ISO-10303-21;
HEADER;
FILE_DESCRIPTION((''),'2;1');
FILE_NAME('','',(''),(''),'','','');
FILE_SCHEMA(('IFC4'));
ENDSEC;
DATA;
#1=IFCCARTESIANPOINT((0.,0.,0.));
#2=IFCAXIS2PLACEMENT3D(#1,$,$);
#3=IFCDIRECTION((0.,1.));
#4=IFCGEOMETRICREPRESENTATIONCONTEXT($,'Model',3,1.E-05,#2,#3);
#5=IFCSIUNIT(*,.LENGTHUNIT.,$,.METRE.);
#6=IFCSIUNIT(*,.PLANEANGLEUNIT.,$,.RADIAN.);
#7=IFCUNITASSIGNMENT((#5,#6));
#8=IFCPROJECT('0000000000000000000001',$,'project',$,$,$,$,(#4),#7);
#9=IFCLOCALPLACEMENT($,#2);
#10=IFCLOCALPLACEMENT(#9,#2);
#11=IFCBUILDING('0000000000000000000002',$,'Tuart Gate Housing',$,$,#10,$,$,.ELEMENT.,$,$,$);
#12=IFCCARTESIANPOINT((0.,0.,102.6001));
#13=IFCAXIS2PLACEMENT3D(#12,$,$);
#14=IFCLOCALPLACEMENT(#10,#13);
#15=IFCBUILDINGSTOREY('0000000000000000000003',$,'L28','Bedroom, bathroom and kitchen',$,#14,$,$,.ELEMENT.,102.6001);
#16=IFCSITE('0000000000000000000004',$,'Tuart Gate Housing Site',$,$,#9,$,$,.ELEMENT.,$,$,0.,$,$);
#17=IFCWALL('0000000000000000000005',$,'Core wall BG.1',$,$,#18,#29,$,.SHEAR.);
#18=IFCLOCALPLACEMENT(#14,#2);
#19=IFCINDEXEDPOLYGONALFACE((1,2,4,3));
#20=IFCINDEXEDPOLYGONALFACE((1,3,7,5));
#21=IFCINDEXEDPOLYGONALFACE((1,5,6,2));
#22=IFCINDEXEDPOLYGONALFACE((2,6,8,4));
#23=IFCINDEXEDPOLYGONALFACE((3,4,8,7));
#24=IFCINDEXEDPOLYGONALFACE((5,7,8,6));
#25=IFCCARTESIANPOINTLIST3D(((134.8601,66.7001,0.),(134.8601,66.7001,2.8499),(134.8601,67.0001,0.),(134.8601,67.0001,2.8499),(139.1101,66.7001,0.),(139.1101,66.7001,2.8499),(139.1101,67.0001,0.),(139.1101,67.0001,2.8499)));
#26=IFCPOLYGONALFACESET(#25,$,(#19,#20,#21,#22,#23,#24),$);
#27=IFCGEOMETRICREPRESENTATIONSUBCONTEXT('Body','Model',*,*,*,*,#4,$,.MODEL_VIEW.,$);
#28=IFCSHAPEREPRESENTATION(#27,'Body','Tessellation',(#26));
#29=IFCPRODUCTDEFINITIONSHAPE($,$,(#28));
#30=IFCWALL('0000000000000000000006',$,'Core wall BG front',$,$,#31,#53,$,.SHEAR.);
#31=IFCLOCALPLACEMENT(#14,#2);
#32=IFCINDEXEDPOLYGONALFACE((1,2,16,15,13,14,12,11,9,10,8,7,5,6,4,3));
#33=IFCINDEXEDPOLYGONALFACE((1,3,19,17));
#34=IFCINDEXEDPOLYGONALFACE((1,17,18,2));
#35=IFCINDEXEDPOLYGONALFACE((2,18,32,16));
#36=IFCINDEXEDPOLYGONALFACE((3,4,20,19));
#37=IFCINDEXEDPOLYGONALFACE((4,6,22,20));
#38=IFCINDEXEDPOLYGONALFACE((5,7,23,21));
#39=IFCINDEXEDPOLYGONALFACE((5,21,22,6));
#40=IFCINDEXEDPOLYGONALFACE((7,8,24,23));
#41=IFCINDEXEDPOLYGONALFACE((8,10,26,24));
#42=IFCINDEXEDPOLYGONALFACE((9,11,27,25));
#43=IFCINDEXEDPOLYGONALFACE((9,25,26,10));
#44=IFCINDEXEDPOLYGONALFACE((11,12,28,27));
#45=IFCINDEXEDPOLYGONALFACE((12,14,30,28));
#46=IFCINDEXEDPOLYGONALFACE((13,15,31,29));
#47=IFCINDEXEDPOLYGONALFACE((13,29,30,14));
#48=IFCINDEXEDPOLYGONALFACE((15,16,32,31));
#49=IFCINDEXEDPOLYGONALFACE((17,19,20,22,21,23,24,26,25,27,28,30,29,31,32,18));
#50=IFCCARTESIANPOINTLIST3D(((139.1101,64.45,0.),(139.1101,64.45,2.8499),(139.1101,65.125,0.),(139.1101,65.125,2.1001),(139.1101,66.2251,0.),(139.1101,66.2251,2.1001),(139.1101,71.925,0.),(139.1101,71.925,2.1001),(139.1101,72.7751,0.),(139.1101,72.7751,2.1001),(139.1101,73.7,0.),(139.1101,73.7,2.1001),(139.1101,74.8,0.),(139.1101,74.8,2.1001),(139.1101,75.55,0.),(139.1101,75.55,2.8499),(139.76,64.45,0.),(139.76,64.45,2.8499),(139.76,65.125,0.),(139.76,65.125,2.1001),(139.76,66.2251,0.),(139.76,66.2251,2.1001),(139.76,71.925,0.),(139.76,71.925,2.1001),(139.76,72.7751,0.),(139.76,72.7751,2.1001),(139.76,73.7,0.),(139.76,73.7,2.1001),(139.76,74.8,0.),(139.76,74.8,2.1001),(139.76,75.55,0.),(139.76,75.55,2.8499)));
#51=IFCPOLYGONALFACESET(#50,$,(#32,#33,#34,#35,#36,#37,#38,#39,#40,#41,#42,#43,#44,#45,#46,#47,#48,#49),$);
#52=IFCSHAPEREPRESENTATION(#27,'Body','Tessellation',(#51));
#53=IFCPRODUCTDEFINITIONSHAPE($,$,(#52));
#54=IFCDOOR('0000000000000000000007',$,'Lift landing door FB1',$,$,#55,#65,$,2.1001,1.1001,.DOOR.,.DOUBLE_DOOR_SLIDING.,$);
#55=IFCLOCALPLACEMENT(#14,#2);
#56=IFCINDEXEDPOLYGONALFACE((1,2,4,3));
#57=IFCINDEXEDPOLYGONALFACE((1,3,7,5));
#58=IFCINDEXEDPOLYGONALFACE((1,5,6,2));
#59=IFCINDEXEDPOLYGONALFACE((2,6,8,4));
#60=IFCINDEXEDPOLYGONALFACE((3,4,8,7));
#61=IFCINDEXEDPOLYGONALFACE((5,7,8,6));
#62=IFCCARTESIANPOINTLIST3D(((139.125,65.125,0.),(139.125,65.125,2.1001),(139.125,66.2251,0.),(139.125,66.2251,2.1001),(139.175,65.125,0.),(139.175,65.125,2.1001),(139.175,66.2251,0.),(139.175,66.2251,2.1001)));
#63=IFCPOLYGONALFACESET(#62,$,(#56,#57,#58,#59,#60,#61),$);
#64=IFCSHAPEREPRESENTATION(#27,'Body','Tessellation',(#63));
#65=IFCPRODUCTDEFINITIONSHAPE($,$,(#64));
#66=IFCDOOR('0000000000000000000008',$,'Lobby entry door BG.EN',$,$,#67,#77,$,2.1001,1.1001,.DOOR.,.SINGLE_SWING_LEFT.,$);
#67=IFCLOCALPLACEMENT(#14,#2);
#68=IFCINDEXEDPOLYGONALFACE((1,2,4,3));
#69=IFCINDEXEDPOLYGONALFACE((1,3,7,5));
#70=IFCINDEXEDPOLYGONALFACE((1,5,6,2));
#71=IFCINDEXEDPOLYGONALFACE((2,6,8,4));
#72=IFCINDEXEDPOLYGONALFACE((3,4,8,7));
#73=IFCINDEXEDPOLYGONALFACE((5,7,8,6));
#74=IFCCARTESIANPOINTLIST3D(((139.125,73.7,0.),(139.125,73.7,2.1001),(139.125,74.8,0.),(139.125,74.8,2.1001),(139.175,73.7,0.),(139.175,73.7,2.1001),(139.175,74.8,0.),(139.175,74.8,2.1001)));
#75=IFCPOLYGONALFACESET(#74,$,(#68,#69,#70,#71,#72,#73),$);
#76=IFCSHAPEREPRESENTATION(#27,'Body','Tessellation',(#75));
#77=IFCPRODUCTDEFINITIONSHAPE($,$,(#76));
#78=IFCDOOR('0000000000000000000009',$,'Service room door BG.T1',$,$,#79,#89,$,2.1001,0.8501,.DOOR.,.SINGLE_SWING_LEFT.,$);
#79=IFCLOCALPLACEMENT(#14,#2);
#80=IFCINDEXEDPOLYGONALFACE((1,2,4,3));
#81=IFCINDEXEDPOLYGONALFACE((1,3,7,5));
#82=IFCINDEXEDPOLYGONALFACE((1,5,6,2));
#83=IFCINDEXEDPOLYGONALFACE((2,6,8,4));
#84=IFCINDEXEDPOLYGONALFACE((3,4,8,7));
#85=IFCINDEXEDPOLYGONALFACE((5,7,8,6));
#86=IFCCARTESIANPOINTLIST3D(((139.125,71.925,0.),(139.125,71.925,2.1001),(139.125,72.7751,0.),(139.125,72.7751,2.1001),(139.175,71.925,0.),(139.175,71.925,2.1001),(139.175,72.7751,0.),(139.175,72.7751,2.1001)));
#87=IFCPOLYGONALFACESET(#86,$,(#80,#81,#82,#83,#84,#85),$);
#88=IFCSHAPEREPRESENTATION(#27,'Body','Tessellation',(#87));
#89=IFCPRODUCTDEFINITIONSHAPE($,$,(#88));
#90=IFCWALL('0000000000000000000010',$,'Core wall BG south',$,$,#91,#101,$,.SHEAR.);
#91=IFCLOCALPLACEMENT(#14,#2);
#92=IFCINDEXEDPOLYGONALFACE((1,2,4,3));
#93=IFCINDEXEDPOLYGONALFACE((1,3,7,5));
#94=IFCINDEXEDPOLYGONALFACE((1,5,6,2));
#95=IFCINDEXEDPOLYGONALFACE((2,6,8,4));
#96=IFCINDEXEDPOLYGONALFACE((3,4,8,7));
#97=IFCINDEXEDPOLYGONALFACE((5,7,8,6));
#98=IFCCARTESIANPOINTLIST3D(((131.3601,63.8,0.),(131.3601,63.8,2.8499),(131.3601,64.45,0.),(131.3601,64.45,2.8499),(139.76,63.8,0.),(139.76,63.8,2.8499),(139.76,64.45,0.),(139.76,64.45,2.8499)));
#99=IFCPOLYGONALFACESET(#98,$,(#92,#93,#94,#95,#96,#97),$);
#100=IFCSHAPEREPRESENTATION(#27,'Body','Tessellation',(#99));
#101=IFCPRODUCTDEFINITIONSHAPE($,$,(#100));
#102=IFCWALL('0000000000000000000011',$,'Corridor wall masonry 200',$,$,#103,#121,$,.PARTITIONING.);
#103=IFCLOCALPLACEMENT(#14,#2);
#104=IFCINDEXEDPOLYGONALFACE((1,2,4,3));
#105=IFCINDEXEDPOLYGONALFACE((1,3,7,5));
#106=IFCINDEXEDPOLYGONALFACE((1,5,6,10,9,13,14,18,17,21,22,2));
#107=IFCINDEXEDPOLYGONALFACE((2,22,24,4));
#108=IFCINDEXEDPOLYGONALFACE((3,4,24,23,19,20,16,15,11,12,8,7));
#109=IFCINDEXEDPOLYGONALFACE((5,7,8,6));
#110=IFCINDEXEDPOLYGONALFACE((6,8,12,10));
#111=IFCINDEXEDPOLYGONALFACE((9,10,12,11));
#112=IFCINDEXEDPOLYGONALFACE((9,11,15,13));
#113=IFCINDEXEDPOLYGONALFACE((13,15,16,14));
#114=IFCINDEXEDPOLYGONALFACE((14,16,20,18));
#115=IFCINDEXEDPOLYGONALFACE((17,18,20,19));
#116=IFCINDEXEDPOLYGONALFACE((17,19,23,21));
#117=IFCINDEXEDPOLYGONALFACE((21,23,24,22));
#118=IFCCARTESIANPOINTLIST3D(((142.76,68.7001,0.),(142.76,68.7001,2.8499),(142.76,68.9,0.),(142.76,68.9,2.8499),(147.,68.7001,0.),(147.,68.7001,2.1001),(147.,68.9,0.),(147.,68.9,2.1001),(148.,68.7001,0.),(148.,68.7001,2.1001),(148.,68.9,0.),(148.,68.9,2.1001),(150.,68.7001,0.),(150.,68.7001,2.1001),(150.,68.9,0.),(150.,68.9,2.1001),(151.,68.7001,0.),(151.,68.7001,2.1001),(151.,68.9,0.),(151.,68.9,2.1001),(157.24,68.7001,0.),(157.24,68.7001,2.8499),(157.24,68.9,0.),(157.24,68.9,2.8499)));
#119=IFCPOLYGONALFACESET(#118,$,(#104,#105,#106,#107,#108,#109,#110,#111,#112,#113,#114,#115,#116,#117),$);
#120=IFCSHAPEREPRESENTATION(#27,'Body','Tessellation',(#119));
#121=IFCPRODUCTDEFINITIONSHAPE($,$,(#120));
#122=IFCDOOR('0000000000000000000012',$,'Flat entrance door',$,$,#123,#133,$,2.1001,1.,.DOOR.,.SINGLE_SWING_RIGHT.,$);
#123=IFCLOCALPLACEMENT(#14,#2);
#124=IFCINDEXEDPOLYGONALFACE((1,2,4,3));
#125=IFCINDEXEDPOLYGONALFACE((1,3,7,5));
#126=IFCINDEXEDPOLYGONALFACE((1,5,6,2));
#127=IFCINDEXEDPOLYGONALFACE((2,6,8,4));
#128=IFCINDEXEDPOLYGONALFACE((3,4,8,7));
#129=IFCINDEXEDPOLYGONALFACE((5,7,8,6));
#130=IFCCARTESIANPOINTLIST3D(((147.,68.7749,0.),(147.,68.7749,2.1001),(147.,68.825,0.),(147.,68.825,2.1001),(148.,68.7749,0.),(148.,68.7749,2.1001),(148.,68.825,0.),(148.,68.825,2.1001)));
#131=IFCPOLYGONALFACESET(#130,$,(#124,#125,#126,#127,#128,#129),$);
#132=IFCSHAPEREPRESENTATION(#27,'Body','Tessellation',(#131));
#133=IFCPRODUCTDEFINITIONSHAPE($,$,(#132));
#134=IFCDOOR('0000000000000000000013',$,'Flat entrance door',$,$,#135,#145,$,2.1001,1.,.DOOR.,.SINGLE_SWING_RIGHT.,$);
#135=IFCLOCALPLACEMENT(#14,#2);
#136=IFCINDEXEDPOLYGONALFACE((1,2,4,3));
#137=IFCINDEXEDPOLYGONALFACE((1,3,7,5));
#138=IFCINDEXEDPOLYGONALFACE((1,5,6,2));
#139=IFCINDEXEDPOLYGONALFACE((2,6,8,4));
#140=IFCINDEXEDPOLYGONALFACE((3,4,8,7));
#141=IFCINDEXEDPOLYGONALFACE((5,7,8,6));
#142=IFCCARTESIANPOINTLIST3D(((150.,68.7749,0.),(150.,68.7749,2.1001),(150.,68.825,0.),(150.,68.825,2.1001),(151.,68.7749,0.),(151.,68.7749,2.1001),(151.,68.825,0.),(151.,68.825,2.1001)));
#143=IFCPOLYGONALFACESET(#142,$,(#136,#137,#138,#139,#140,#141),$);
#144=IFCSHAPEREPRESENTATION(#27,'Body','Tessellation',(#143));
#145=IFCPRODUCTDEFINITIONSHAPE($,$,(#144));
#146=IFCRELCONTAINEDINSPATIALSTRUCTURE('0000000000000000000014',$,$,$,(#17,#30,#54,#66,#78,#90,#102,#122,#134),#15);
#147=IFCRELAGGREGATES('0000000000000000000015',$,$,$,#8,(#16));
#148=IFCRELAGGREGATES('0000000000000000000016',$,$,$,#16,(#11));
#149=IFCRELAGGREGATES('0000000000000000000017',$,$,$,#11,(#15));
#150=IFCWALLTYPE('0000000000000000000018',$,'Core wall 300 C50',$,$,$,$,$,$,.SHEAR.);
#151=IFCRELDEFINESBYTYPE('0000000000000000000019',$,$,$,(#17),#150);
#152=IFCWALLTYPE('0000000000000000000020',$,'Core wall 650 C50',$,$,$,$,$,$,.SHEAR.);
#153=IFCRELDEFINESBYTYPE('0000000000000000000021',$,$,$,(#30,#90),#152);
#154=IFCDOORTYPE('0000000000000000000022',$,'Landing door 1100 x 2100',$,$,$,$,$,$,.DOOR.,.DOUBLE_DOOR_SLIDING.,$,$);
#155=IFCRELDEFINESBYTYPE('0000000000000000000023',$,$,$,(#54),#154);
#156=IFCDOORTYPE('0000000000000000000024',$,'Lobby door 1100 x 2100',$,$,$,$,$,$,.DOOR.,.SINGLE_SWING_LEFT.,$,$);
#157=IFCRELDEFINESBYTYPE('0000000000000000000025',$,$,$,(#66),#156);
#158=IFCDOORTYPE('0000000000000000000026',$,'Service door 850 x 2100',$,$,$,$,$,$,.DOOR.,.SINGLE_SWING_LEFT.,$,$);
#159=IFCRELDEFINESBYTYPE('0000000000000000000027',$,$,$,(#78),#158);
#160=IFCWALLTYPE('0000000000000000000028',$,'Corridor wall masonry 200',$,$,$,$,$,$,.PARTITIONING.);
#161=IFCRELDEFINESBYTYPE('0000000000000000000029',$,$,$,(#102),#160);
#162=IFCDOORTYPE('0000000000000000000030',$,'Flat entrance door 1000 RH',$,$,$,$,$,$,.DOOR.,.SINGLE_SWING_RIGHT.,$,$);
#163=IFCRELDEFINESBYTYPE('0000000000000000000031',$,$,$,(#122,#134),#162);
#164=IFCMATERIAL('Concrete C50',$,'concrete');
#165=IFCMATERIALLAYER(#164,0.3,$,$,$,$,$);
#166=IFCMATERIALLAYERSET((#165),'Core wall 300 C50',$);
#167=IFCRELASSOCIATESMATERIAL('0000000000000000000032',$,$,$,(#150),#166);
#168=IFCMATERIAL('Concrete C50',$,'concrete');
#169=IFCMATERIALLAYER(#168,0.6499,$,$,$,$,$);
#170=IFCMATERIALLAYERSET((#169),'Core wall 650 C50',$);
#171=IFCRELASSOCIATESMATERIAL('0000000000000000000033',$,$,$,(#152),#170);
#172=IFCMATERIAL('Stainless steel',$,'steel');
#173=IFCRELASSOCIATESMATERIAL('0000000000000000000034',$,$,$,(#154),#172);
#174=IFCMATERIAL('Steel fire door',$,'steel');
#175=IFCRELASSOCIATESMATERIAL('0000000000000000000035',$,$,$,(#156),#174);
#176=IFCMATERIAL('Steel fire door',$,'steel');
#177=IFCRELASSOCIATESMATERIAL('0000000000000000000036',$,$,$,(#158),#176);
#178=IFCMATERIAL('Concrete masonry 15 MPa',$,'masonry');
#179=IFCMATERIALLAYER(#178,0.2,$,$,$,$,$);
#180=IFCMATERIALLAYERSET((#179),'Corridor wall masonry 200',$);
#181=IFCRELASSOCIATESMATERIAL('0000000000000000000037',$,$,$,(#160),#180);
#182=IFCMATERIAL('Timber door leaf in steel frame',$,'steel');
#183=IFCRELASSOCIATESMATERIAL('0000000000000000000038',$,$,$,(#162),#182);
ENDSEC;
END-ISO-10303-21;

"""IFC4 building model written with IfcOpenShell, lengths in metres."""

from ifc_helpers import new_model, si_unit, direction, frame, frame_2d, origin, place, context, subcontext, project, spatial, rectangle, extrude, material, layer, layer_set, type_object, element, fill, save


model = new_model("IFC4")

# Units and contexts
model_context = context("Model", 3, precision=1e-05, world=origin(), true_north=direction((0.0, 1.0)))
body_context = subcontext(model_context, "Body", "Model", "MODEL_VIEW")
ifc_project = project(units=[si_unit("LENGTHUNIT", "METRE"), si_unit("PLANEANGLEUNIT", "RADIAN")], contexts=[model_context])

# Site, building, storey
site_placement = place(None, origin())
site = spatial("IfcSite", under=ifc_project, at=site_placement, Name="Tuart Gate Housing Site", CompositionType="ELEMENT", RefElevation=0.0)
building_placement = place(site_placement, origin())
building = spatial("IfcBuilding", under=site, at=building_placement, Name="Tuart Gate Housing", CompositionType="ELEMENT")
storey_placement = place(building_placement, frame((0.0, 0.0, 102.6001)))
storey = spatial("IfcBuildingStorey", under=building, at=storey_placement, Name="L28", Description="Bedroom, bathroom and kitchen", CompositionType="ELEMENT", Elevation=102.6001)

# Wall
ifc_material_1 = material(Name="Concrete C50", Category="concrete")
ifc_layer_1 = layer(ifc_material_1, 0.3)
ifc_layer_set_1 = layer_set([ifc_layer_1], Name="Core wall 300 C50")
wall_type_1 = type_object("IfcWallType", Name="Core wall 300 C50", PredefinedType="SHEAR", material=ifc_layer_set_1)
wall_1_placement = place(storey_placement, frame((139.1101, 66.8501, 0.0), z_axis=(0.0, 0.0, 1.0), x_axis=(-1.0, 0.0, 0.0)))
element("IfcWall", 1, at=wall_1_placement, inside=storey, type_object=wall_type_1, Name="Core wall BG.1", PredefinedType="SHEAR", context=body_context, shape_type="SweptSolid", body=[
    extrude(rectangle(XDim=4.25, YDim=0.3, at=frame_2d((2.125, 0.0))), origin(), (0.0, 0.0, 1.0), 2.8499),
])

# Wall, openings, doors
ifc_material_2 = material(Name="Concrete C50", Category="concrete")
ifc_layer_2 = layer(ifc_material_2, 0.6499)
ifc_layer_set_2 = layer_set([ifc_layer_2], Name="Core wall 650 C50")
wall_type_2 = type_object("IfcWallType", Name="Core wall 650 C50", PredefinedType="SHEAR", material=ifc_layer_set_2)
wall_2_placement = place(storey_placement, frame((139.4351, 64.45, 0.0), z_axis=(0.0, 0.0, 1.0), x_axis=(0.0, 1.0, 0.0)))
wall_2 = element("IfcWall", 2, at=wall_2_placement, inside=storey, type_object=wall_type_2, Name="Core wall BG front", PredefinedType="SHEAR", context=body_context, shape_type="SweptSolid", body=[
    extrude(rectangle(XDim=11.1001, YDim=0.6499, at=frame_2d((5.55, 0.0))), origin(), (0.0, 0.0, 1.0), 2.8499),
])
opening_1_placement = place(wall_2_placement, frame((0.675, 0.0, 0.0)))
opening_1 = element("IfcOpeningElement", 3, at=opening_1_placement, cuts=wall_2, PredefinedType="OPENING", context=body_context, shape_type="SweptSolid", body=[
    extrude(rectangle(XDim=1.1001, YDim=2.1001, at=frame_2d((0.55, 1.05))), frame((0.0, 0.335, 0.0), z_axis=(0.0, -1.0, 0.0), x_axis=(1.0, 0.0, 0.0)), (0.0, 0.0, 1.0), 0.6699),
])
opening_2_placement = place(wall_2_placement, frame((9.25, 0.0, 0.0)))
opening_2 = element("IfcOpeningElement", 4, at=opening_2_placement, cuts=wall_2, PredefinedType="OPENING", context=body_context, shape_type="SweptSolid", body=[
    extrude(rectangle(XDim=1.1001, YDim=2.1001, at=frame_2d((0.55, 1.05))), frame((0.0, 0.335, 0.0), z_axis=(0.0, -1.0, 0.0), x_axis=(1.0, 0.0, 0.0)), (0.0, 0.0, 1.0), 0.6699),
])
opening_3_placement = place(wall_2_placement, frame((7.4751, 0.0, 0.0)))
opening_3 = element("IfcOpeningElement", 5, at=opening_3_placement, cuts=wall_2, PredefinedType="OPENING", context=body_context, shape_type="SweptSolid", body=[
    extrude(rectangle(XDim=0.8501, YDim=2.1001, at=frame_2d((0.425, 1.05))), frame((0.0, 0.335, 0.0), z_axis=(0.0, -1.0, 0.0), x_axis=(1.0, 0.0, 0.0)), (0.0, 0.0, 1.0), 0.6699),
])
ifc_material_3 = material(Name="Stainless steel", Category="steel")
door_type_1 = type_object("IfcDoorType", Name="Landing door 1100 x 2100", OperationType="DOUBLE_DOOR_SLIDING", PredefinedType="DOOR", material=ifc_material_3)
door_1_placement = place(opening_1_placement, origin())
door_1 = element("IfcDoor", 6, at=door_1_placement, inside=storey, type_object=door_type_1, Name="Lift landing door FB1", OperationType="DOUBLE_DOOR_SLIDING", OverallHeight=2.1001, OverallWidth=1.1001, PredefinedType="DOOR", context=body_context, shape_type="SweptSolid", body=[
    extrude(rectangle(XDim=1.1001, YDim=2.1001, at=frame_2d((0.55, 1.05))), frame((0.0, 0.3101, 0.0), z_axis=(0.0, -1.0, 0.0), x_axis=(1.0, 0.0, 0.0)), (0.0, 0.0, 1.0), 0.05),
])
fill(opening_1, door_1)
ifc_material_4 = material(Name="Steel fire door", Category="steel")
door_type_2 = type_object("IfcDoorType", Name="Lobby door 1100 x 2100", OperationType="SINGLE_SWING_LEFT", PredefinedType="DOOR", material=ifc_material_4)
door_2_placement = place(opening_2_placement, origin())
door_2 = element("IfcDoor", 7, at=door_2_placement, inside=storey, type_object=door_type_2, Name="Lobby entry door BG.EN", OperationType="SINGLE_SWING_LEFT", OverallHeight=2.1001, OverallWidth=1.1001, PredefinedType="DOOR", context=body_context, shape_type="SweptSolid", body=[
    extrude(rectangle(XDim=1.1001, YDim=2.1001, at=frame_2d((0.55, 1.05))), frame((0.0, 0.3101, 0.0), z_axis=(0.0, -1.0, 0.0), x_axis=(1.0, 0.0, 0.0)), (0.0, 0.0, 1.0), 0.05),
])
fill(opening_2, door_2)
ifc_material_5 = material(Name="Steel fire door", Category="steel")
door_type_3 = type_object("IfcDoorType", Name="Service door 850 x 2100", OperationType="SINGLE_SWING_LEFT", PredefinedType="DOOR", material=ifc_material_5)
door_3_placement = place(opening_3_placement, origin())
door_3 = element("IfcDoor", 8, at=door_3_placement, inside=storey, type_object=door_type_3, Name="Service room door BG.T1", OperationType="SINGLE_SWING_LEFT", OverallHeight=2.1001, OverallWidth=0.8501, PredefinedType="DOOR", context=body_context, shape_type="SweptSolid", body=[
    extrude(rectangle(XDim=0.8501, YDim=2.1001, at=frame_2d((0.425, 1.05))), frame((0.0, 0.3101, 0.0), z_axis=(0.0, -1.0, 0.0), x_axis=(1.0, 0.0, 0.0)), (0.0, 0.0, 1.0), 0.05),
])
fill(opening_3, door_3)

# Wall
wall_3_placement = place(storey_placement, frame((139.76, 64.125, 0.0), z_axis=(0.0, 0.0, 1.0), x_axis=(-1.0, 0.0, 0.0)))
element("IfcWall", 9, at=wall_3_placement, inside=storey, type_object=wall_type_2, Name="Core wall BG south", PredefinedType="SHEAR", context=body_context, shape_type="SweptSolid", body=[
    extrude(rectangle(XDim=8.3999, YDim=0.6499, at=frame_2d((4.2, 0.0))), origin(), (0.0, 0.0, 1.0), 2.8499),
])

# Wall, openings, doors
ifc_material_6 = material(Name="Concrete masonry 15 MPa", Category="masonry")
ifc_layer_3 = layer(ifc_material_6, 0.2)
ifc_layer_set_3 = layer_set([ifc_layer_3], Name="Corridor wall masonry 200")
wall_type_3 = type_object("IfcWallType", Name="Corridor wall masonry 200", PredefinedType="PARTITIONING", material=ifc_layer_set_3)
wall_4_placement = place(storey_placement, frame((142.76, 68.8, 0.0), z_axis=(0.0, 0.0, 1.0), x_axis=(1.0, 0.0, 0.0)))
wall_4 = element("IfcWall", 10, at=wall_4_placement, inside=storey, type_object=wall_type_3, Name="Corridor wall masonry 200", PredefinedType="PARTITIONING", context=body_context, shape_type="SweptSolid", body=[
    extrude(rectangle(XDim=14.48, YDim=0.2, at=frame_2d((7.24, 0.0))), origin(), (0.0, 0.0, 1.0), 2.8499),
])
opening_4_placement = place(wall_4_placement, frame((4.24, 0.0, 0.0)))
opening_4 = element("IfcOpeningElement", 11, at=opening_4_placement, cuts=wall_4, PredefinedType="OPENING", context=body_context, shape_type="SweptSolid", body=[
    extrude(rectangle(XDim=1.0, YDim=2.1001, at=frame_2d((0.5, 1.05))), frame((0.0, 0.1099, 0.0), z_axis=(0.0, -1.0, 0.0), x_axis=(1.0, 0.0, 0.0)), (0.0, 0.0, 1.0), 0.22),
])
opening_5_placement = place(wall_4_placement, frame((7.24, 0.0, 0.0)))
opening_5 = element("IfcOpeningElement", 12, at=opening_5_placement, cuts=wall_4, PredefinedType="OPENING", context=body_context, shape_type="SweptSolid", body=[
    extrude(rectangle(XDim=1.0, YDim=2.1001, at=frame_2d((0.5, 1.05))), frame((0.0, 0.1099, 0.0), z_axis=(0.0, -1.0, 0.0), x_axis=(1.0, 0.0, 0.0)), (0.0, 0.0, 1.0), 0.22),
])
ifc_material_7 = material(Name="Timber door leaf in steel frame", Category="steel")
door_type_4 = type_object("IfcDoorType", Name="Flat entrance door 1000 RH", OperationType="SINGLE_SWING_RIGHT", PredefinedType="DOOR", material=ifc_material_7)
door_4_placement = place(opening_4_placement, frame((1.0, 0.0, 0.0), z_axis=(0.0, 0.0, 1.0), x_axis=(-1.0, 0.0, 0.0)))
door_4 = element("IfcDoor", 13, at=door_4_placement, inside=storey, type_object=door_type_4, Name="Flat entrance door", OperationType="SINGLE_SWING_RIGHT", OverallHeight=2.1001, OverallWidth=1.0, PredefinedType="DOOR", context=body_context, shape_type="SweptSolid", body=[
    extrude(rectangle(XDim=1.0, YDim=2.1001, at=frame_2d((0.5, 1.05))), frame((0.0, 0.0251, 0.0), z_axis=(0.0, -1.0, 0.0), x_axis=(1.0, 0.0, 0.0)), (0.0, 0.0, 1.0), 0.05),
])
fill(opening_4, door_4)
door_5_placement = place(opening_5_placement, frame((1.0, 0.0, 0.0), z_axis=(0.0, 0.0, 1.0), x_axis=(-1.0, 0.0, 0.0)))
door_5 = element("IfcDoor", 14, at=door_5_placement, inside=storey, type_object=door_type_4, Name="Flat entrance door", OperationType="SINGLE_SWING_RIGHT", OverallHeight=2.1001, OverallWidth=1.0, PredefinedType="DOOR", context=body_context, shape_type="SweptSolid", body=[
    extrude(rectangle(XDim=1.0, YDim=2.1001, at=frame_2d((0.5, 1.05))), frame((0.0, 0.0251, 0.0), z_axis=(0.0, -1.0, 0.0), x_axis=(1.0, 0.0, 0.0)), (0.0, 0.0, 1.0), 0.05),
])
fill(opening_5, door_5)

save(model, "model.ifc")
